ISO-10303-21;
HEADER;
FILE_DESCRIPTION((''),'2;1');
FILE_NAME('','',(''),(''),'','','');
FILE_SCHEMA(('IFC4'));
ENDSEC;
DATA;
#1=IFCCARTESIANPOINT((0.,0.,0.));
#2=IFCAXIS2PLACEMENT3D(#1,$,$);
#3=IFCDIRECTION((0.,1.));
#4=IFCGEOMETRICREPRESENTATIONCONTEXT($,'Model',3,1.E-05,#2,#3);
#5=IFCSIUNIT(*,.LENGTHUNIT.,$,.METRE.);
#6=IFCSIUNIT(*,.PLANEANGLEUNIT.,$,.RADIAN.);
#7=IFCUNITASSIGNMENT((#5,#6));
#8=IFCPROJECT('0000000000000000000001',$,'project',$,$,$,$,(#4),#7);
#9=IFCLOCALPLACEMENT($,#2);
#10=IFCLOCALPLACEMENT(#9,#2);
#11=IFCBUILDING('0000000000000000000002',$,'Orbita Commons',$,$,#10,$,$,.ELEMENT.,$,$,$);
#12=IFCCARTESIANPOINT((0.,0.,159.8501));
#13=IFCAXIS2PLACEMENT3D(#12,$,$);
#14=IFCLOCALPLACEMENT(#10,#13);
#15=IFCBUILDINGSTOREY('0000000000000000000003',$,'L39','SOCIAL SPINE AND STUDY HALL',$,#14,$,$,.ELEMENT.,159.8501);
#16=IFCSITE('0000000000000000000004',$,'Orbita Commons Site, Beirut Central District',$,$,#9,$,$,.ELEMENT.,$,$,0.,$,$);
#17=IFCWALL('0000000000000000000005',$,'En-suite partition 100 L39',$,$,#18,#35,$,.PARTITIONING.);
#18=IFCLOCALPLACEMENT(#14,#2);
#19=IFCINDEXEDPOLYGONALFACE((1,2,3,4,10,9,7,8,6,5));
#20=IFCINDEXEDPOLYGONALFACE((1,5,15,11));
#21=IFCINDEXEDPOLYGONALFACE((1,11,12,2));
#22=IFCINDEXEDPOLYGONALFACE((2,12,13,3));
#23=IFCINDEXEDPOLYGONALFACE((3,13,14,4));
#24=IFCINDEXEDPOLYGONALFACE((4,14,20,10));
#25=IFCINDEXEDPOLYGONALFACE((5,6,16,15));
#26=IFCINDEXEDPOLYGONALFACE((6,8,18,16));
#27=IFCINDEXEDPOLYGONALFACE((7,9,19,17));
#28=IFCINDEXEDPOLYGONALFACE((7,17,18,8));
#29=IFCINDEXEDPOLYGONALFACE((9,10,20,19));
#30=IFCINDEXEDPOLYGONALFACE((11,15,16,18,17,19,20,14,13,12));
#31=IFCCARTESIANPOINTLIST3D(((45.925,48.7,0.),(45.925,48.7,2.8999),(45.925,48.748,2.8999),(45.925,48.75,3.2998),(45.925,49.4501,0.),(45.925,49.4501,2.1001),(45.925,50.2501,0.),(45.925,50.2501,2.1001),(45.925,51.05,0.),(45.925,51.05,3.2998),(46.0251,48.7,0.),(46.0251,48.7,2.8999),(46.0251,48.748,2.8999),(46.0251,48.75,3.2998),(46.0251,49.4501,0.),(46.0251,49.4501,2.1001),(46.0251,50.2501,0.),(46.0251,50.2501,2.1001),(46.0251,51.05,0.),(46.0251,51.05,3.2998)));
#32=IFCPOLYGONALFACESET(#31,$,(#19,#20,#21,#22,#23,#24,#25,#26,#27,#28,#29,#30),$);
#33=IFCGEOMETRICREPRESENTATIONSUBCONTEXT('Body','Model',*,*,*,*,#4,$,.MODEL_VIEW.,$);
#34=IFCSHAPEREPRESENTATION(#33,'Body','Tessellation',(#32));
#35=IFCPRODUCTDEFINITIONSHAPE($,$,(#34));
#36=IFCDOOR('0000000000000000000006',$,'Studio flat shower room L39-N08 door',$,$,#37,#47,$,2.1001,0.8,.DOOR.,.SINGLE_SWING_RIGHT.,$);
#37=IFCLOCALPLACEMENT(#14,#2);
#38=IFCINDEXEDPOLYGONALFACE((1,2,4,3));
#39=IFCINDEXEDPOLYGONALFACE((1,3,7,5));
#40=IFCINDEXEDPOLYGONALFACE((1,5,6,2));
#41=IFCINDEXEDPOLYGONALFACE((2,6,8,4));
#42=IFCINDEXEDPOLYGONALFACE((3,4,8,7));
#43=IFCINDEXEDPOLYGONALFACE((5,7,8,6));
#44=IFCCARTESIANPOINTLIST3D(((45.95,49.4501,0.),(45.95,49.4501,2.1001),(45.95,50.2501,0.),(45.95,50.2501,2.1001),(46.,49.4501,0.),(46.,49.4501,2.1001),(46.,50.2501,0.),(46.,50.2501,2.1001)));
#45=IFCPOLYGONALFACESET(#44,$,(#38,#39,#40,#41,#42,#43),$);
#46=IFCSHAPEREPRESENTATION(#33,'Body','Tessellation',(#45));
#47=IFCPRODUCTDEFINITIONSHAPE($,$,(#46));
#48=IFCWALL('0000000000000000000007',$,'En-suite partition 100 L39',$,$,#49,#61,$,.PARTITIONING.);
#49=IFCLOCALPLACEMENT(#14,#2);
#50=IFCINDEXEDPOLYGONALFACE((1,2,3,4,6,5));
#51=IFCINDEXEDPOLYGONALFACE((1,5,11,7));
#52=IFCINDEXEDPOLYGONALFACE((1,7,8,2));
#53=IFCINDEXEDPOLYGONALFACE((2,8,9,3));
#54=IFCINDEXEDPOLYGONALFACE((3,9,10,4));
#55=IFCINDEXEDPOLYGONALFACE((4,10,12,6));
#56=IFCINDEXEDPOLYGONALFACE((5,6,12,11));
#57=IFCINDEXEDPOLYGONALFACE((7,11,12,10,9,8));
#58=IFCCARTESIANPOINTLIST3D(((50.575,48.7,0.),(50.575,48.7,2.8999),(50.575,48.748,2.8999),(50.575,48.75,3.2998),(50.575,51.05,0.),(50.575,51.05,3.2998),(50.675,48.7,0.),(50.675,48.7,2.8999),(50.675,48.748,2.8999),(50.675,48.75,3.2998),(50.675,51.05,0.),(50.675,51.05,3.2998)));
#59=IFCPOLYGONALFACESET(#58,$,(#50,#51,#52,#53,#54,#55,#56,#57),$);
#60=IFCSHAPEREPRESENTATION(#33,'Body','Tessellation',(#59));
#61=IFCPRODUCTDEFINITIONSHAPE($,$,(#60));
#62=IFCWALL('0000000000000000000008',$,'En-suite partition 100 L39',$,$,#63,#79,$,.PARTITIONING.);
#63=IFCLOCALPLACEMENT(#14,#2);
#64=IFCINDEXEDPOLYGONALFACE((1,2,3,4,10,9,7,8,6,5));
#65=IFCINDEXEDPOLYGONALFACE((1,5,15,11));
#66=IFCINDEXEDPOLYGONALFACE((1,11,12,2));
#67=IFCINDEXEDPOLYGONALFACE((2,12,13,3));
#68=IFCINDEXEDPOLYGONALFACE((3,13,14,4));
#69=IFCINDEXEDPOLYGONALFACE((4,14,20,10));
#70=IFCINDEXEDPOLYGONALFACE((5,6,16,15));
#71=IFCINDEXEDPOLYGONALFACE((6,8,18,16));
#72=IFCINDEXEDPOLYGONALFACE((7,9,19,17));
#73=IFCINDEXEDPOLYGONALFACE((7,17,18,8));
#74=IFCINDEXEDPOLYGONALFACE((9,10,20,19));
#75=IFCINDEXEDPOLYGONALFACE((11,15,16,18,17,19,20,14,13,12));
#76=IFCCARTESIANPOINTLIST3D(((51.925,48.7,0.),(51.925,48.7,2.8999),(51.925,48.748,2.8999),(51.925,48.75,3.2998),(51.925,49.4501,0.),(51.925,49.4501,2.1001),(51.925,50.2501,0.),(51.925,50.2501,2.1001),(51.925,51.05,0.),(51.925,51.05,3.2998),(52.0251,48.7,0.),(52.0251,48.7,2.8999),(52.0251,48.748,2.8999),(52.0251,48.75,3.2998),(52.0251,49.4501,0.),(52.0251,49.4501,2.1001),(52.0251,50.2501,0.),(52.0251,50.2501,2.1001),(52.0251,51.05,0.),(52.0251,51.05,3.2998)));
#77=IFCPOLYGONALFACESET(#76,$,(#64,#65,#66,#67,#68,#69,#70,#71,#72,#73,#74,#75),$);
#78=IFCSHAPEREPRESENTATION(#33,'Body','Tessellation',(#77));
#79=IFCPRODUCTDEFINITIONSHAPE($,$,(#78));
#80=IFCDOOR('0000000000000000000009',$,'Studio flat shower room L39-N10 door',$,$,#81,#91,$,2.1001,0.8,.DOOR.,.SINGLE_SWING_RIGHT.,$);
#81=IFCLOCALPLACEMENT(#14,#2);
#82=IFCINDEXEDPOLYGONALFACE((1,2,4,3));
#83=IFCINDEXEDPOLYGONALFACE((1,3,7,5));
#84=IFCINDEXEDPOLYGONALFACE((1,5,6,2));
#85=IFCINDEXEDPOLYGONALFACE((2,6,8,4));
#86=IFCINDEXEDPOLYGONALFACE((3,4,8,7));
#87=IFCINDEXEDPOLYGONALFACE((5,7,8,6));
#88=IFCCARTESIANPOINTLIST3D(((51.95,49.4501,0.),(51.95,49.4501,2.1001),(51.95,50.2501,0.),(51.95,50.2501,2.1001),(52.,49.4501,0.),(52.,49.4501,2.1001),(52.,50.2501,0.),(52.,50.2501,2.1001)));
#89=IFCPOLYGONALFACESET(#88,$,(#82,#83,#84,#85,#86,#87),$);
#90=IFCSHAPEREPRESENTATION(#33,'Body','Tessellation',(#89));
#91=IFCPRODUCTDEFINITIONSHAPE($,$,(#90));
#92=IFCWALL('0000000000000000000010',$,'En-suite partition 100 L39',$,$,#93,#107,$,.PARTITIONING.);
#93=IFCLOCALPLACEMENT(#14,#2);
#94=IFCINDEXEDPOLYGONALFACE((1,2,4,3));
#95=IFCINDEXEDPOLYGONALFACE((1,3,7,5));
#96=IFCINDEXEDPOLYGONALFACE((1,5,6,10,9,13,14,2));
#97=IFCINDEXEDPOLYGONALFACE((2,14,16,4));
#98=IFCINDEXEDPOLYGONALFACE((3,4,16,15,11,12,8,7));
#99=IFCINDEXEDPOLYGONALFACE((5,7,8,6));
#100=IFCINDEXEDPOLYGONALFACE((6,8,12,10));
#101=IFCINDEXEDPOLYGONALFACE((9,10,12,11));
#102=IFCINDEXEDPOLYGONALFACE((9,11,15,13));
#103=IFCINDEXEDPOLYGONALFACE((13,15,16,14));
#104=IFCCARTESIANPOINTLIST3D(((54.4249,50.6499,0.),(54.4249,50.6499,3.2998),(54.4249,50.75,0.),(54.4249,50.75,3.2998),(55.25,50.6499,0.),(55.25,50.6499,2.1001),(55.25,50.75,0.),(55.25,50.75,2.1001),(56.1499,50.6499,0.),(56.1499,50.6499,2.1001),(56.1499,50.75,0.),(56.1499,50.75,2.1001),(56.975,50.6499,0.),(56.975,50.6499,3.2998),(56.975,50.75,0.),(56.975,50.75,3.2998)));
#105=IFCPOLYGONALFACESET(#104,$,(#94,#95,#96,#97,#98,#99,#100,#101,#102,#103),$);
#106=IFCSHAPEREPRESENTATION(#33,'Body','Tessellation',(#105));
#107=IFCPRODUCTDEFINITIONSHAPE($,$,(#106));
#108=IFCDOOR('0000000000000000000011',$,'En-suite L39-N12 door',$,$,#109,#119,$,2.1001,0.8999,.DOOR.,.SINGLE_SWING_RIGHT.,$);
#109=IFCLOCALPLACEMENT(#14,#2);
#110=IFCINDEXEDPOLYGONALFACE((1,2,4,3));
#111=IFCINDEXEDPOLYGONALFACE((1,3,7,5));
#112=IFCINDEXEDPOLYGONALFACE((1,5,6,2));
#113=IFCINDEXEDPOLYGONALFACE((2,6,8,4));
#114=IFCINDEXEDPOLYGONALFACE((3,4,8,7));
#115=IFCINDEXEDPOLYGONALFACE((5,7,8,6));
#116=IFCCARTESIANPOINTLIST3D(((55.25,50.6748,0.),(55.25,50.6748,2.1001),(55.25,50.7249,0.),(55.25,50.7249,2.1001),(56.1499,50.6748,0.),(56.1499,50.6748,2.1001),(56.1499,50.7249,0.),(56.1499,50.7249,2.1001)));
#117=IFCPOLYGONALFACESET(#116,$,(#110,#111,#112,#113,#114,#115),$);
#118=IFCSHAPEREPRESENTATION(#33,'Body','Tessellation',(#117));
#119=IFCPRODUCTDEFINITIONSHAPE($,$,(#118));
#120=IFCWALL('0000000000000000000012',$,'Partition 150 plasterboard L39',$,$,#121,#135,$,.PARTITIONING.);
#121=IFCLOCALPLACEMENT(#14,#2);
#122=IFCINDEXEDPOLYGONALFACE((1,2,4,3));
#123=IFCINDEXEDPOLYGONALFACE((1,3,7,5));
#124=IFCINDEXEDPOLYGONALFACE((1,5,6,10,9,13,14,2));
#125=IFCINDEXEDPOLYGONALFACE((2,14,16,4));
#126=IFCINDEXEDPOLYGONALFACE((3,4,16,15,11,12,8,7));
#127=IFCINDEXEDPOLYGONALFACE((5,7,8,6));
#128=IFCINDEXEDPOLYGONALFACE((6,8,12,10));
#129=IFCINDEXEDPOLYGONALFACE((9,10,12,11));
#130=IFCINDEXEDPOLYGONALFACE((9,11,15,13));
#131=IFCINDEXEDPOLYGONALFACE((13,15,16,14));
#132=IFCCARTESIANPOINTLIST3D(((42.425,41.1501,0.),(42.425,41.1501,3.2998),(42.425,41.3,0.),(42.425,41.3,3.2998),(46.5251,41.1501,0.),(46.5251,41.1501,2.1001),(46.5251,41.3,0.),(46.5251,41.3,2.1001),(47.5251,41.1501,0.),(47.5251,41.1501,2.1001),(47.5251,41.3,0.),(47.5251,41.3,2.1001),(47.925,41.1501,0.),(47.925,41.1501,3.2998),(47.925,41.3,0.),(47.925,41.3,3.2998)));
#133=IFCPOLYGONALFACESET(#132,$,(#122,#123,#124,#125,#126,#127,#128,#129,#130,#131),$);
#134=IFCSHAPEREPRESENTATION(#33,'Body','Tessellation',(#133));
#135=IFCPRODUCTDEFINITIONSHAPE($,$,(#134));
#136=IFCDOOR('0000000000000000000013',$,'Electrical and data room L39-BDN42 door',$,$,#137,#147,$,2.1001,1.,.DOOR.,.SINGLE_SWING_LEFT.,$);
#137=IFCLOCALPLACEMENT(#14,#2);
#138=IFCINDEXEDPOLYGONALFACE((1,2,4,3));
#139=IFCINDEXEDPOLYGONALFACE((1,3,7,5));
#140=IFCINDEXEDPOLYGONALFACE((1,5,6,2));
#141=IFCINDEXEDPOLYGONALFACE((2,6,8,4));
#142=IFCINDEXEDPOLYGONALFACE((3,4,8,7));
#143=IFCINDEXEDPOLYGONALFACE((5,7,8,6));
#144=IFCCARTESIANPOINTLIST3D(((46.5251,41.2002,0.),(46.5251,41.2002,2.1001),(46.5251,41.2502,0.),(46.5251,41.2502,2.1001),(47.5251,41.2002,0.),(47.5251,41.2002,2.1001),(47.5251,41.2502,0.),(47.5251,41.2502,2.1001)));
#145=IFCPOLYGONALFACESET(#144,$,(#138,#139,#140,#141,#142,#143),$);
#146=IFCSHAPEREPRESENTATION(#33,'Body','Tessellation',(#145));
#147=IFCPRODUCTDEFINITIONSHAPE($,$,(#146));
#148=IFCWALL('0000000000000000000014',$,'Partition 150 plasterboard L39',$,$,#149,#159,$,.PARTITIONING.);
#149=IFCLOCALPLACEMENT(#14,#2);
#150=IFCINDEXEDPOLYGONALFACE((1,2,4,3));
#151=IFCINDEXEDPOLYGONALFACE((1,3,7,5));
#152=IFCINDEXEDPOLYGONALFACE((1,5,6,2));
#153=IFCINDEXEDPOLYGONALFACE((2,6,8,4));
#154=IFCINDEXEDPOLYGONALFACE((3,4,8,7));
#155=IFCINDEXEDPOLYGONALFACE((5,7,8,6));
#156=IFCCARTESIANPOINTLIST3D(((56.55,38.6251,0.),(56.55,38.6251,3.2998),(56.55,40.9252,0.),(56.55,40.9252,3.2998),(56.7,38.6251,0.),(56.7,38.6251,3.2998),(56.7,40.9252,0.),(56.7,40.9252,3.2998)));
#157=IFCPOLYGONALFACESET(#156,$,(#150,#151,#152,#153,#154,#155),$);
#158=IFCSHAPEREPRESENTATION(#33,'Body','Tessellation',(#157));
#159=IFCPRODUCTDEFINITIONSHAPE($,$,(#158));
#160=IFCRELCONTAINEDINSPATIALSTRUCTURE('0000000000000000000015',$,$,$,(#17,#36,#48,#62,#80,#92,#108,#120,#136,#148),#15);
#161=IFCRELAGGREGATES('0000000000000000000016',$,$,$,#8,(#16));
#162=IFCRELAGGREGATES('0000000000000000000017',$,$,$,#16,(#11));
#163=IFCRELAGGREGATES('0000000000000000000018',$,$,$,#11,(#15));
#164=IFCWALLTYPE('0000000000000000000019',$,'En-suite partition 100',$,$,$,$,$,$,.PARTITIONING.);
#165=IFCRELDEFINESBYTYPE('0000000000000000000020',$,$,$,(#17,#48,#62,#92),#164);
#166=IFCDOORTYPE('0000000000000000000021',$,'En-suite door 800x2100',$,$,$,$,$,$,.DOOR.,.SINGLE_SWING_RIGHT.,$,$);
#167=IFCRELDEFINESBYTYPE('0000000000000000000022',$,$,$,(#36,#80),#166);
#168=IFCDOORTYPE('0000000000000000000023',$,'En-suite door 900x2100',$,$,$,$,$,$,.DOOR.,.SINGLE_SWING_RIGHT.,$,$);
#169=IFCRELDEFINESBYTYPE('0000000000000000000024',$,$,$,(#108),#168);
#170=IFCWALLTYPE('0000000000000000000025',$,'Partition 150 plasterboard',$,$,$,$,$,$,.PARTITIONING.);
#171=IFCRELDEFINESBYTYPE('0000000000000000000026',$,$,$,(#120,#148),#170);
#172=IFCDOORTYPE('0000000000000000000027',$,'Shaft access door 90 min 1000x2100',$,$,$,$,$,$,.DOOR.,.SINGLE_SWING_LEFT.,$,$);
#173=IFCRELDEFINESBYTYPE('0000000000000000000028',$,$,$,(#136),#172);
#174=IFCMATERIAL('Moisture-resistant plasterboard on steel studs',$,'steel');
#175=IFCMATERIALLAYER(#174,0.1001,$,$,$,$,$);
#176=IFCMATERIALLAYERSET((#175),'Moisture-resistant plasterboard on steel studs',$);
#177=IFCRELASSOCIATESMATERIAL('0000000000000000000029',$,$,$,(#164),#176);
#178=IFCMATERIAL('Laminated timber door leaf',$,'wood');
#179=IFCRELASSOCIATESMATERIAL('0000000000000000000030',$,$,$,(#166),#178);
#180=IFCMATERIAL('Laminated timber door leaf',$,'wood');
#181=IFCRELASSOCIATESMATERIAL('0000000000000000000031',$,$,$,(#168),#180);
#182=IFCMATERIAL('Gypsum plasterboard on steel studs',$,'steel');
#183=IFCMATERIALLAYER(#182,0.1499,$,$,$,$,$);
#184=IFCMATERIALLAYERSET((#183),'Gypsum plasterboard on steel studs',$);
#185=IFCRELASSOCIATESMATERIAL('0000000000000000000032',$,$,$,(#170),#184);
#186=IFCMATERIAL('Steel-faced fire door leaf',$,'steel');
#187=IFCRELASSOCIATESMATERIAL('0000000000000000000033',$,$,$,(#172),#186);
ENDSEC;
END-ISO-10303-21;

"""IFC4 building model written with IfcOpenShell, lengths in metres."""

from ifc_helpers import new_model, si_unit, direction, frame, frame_2d, origin, place, context, subcontext, project, spatial, polyline, rectangle, outline, extrude, material, layer, layer_set, type_object, element, fill, save


model = new_model("IFC4")

# Units and contexts
model_context = context("Model", 3, precision=1e-05, world=origin(), true_north=direction((0.0, 1.0)))
body_context = subcontext(model_context, "Body", "Model", "MODEL_VIEW")
ifc_project = project(units=[si_unit("LENGTHUNIT", "METRE"), si_unit("PLANEANGLEUNIT", "RADIAN")], contexts=[model_context])

# Site, building, storey
site_placement = place(None, origin())
site = spatial("IfcSite", under=ifc_project, at=site_placement, Name="Orbita Commons Site, Beirut Central District", CompositionType="ELEMENT", RefElevation=0.0)
building_placement = place(site_placement, origin())
building = spatial("IfcBuilding", under=site, at=building_placement, Name="Orbita Commons", CompositionType="ELEMENT")
storey_placement = place(building_placement, frame((0.0, 0.0, 159.8501)))
storey = spatial("IfcBuildingStorey", under=building, at=storey_placement, Name="L39", Description="SOCIAL SPINE AND STUDY HALL", CompositionType="ELEMENT", Elevation=159.8501)

# Shared definitions
ifc_material_1 = material(Name="Moisture-resistant plasterboard on steel studs", Category="steel")
ifc_layer_1 = layer(ifc_material_1, 0.1001)
ifc_layer_set_1 = layer_set([ifc_layer_1], Name="Moisture-resistant plasterboard on steel studs")
wall_type_1 = type_object("IfcWallType", Name="En-suite partition 100", PredefinedType="PARTITIONING", material=ifc_layer_set_1)

# Wall, opening, door
wall_1_placement = place(storey_placement, frame((45.9751, 51.05, 0.0), z_axis=(0.0, 0.0, 1.0), x_axis=(0.0, -1.0, 0.0)))
wall_1 = element("IfcWall", 1, at=wall_1_placement, inside=storey, type_object=wall_type_1, Name="En-suite partition 100 L39", PredefinedType="PARTITIONING", context=body_context, shape_type="SweptSolid", body=[
    extrude(outline(polyline([(0.0, 0.0), (2.3501, 0.0), (2.3501, 2.8999), (2.302, 2.8999), (2.3, 3.2998), (0.0, 3.2998), (0.0, 0.0)])), frame((0.0, 0.05, 0.0), z_axis=(0.0, -1.0, 0.0), x_axis=(1.0, 0.0, 0.0)), (0.0, 0.0, 1.0), 0.1001),
])
opening_1_placement = place(wall_1_placement, frame((0.8, 0.0, 0.0)))
opening_1 = element("IfcOpeningElement", 2, at=opening_1_placement, cuts=wall_1, PredefinedType="OPENING", context=body_context, shape_type="SweptSolid", body=[
    extrude(rectangle(XDim=0.8, YDim=2.1001, at=frame_2d((0.3999, 1.05))), frame((0.0, 0.0601, 0.0), z_axis=(0.0, -1.0, 0.0), x_axis=(1.0, 0.0, 0.0)), (0.0, 0.0, 1.0), 0.1201),
])
ifc_material_2 = material(Name="Laminated timber door leaf", Category="wood")
door_type_1 = type_object("IfcDoorType", Name="En-suite door 800x2100", OperationType="SINGLE_SWING_RIGHT", PredefinedType="DOOR", material=ifc_material_2)
door_1_placement = place(opening_1_placement, origin())
door_1 = element("IfcDoor", 3, at=door_1_placement, inside=storey, type_object=door_type_1, Name="Studio flat shower room L39-N08 door", OperationType="SINGLE_SWING_RIGHT", OverallHeight=2.1001, OverallWidth=0.8, PredefinedType="DOOR", context=body_context, shape_type="SweptSolid", body=[
    extrude(rectangle(XDim=0.8, YDim=2.1001, at=frame_2d((0.3999, 1.05))), frame((0.0, 0.0249, 0.0), z_axis=(0.0, -1.0, 0.0), x_axis=(1.0, 0.0, 0.0)), (0.0, 0.0, 1.0), 0.05),
])
fill(opening_1, door_1)

# Wall
wall_2_placement = place(storey_placement, frame((50.625, 51.05, 0.0), z_axis=(0.0, 0.0, 1.0), x_axis=(0.0, -1.0, 0.0)))
element("IfcWall", 4, at=wall_2_placement, inside=storey, type_object=wall_type_1, Name="En-suite partition 100 L39", PredefinedType="PARTITIONING", context=body_context, shape_type="SweptSolid", body=[
    extrude(outline(polyline([(0.0, 0.0), (2.3501, 0.0), (2.3501, 2.8999), (2.302, 2.8999), (2.3, 3.2998), (0.0, 3.2998), (0.0, 0.0)])), frame((0.0, 0.05, 0.0), z_axis=(0.0, -1.0, 0.0), x_axis=(1.0, 0.0, 0.0)), (0.0, 0.0, 1.0), 0.1001),
])

# Walls, openings, doors
wall_3_placement = place(storey_placement, frame((51.9751, 51.05, 0.0), z_axis=(0.0, 0.0, 1.0), x_axis=(0.0, -1.0, 0.0)))
wall_3 = element("IfcWall", 5, at=wall_3_placement, inside=storey, type_object=wall_type_1, Name="En-suite partition 100 L39", PredefinedType="PARTITIONING", context=body_context, shape_type="SweptSolid", body=[
    extrude(outline(polyline([(0.0, 0.0), (2.3501, 0.0), (2.3501, 2.8999), (2.302, 2.8999), (2.3, 3.2998), (0.0, 3.2998), (0.0, 0.0)])), frame((0.0, 0.05, 0.0), z_axis=(0.0, -1.0, 0.0), x_axis=(1.0, 0.0, 0.0)), (0.0, 0.0, 1.0), 0.1001),
])
opening_2_placement = place(wall_3_placement, frame((0.8, 0.0, 0.0)))
opening_2 = element("IfcOpeningElement", 6, at=opening_2_placement, cuts=wall_3, PredefinedType="OPENING", context=body_context, shape_type="SweptSolid", body=[
    extrude(rectangle(XDim=0.8, YDim=2.1001, at=frame_2d((0.3999, 1.05))), frame((0.0, 0.0601, 0.0), z_axis=(0.0, -1.0, 0.0), x_axis=(1.0, 0.0, 0.0)), (0.0, 0.0, 1.0), 0.1201),
])
door_2_placement = place(opening_2_placement, origin())
door_2 = element("IfcDoor", 7, at=door_2_placement, inside=storey, type_object=door_type_1, Name="Studio flat shower room L39-N10 door", OperationType="SINGLE_SWING_RIGHT", OverallHeight=2.1001, OverallWidth=0.8, PredefinedType="DOOR", context=body_context, shape_type="SweptSolid", body=[
    extrude(rectangle(XDim=0.8, YDim=2.1001, at=frame_2d((0.3999, 1.05))), frame((0.0, 0.0249, 0.0), z_axis=(0.0, -1.0, 0.0), x_axis=(1.0, 0.0, 0.0)), (0.0, 0.0, 1.0), 0.05),
])
fill(opening_2, door_2)
wall_4_placement = place(storey_placement, frame((54.425, 50.7, 0.0), z_axis=(0.0, 0.0, 1.0), x_axis=(1.0, 0.0, 0.0)))
wall_4 = element("IfcWall", 8, at=wall_4_placement, inside=storey, type_object=wall_type_1, Name="En-suite partition 100 L39", PredefinedType="PARTITIONING", context=body_context, shape_type="SweptSolid", body=[
    extrude(rectangle(XDim=2.55, YDim=0.1001, at=frame_2d((1.2749, 0.0))), origin(), (0.0, 0.0, 1.0), 3.2998),
])
opening_3_placement = place(wall_4_placement, frame((0.825, 0.0, 0.0)))
opening_3 = element("IfcOpeningElement", 9, at=opening_3_placement, cuts=wall_4, PredefinedType="OPENING", context=body_context, shape_type="SweptSolid", body=[
    extrude(rectangle(XDim=0.8999, YDim=2.1001, at=frame_2d((0.45, 1.05))), frame((0.0, 0.0601, 0.0), z_axis=(0.0, -1.0, 0.0), x_axis=(1.0, 0.0, 0.0)), (0.0, 0.0, 1.0), 0.1201),
])
ifc_material_3 = material(Name="Laminated timber door leaf", Category="wood")
door_type_2 = type_object("IfcDoorType", Name="En-suite door 900x2100", OperationType="SINGLE_SWING_RIGHT", PredefinedType="DOOR", material=ifc_material_3)
door_3_placement = place(opening_3_placement, origin())
door_3 = element("IfcDoor", 10, at=door_3_placement, inside=storey, type_object=door_type_2, Name="En-suite L39-N12 door", OperationType="SINGLE_SWING_RIGHT", OverallHeight=2.1001, OverallWidth=0.8999, PredefinedType="DOOR", context=body_context, shape_type="SweptSolid", body=[
    extrude(rectangle(XDim=0.8999, YDim=2.1001, at=frame_2d((0.45, 1.05))), frame((0.0, 0.0249, 0.0), z_axis=(0.0, -1.0, 0.0), x_axis=(1.0, 0.0, 0.0)), (0.0, 0.0, 1.0), 0.05),
])
fill(opening_3, door_3)
ifc_material_4 = material(Name="Gypsum plasterboard on steel studs", Category="steel")
ifc_layer_2 = layer(ifc_material_4, 0.1499)
ifc_layer_set_2 = layer_set([ifc_layer_2], Name="Gypsum plasterboard on steel studs")
wall_type_2 = type_object("IfcWallType", Name="Partition 150 plasterboard", PredefinedType="PARTITIONING", material=ifc_layer_set_2)
wall_5_placement = place(storey_placement, frame((47.925, 41.2251, 0.0), z_axis=(0.0, 0.0, 1.0), x_axis=(-1.0, 0.0, 0.0)))
wall_5 = element("IfcWall", 11, at=wall_5_placement, inside=storey, type_object=wall_type_2, Name="Partition 150 plasterboard L39", PredefinedType="PARTITIONING", context=body_context, shape_type="SweptSolid", body=[
    extrude(rectangle(XDim=5.5, YDim=0.1499, at=frame_2d((2.75, 0.0))), origin(), (0.0, 0.0, 1.0), 3.2998),
])
opening_4_placement = place(wall_5_placement, frame((0.3999, 0.0, 0.0)))
opening_4 = element("IfcOpeningElement", 12, at=opening_4_placement, cuts=wall_5, PredefinedType="OPENING", context=body_context, shape_type="SweptSolid", body=[
    extrude(rectangle(XDim=1.0, YDim=2.1001, at=frame_2d((0.5, 1.05))), frame((0.0, 0.085, 0.0), z_axis=(0.0, -1.0, 0.0), x_axis=(1.0, 0.0, 0.0)), (0.0, 0.0, 1.0), 0.1699),
])
ifc_material_5 = material(Name="Steel-faced fire door leaf", Category="steel")
door_type_3 = type_object("IfcDoorType", Name="Shaft access door 90 min 1000x2100", OperationType="SINGLE_SWING_LEFT", PredefinedType="DOOR", material=ifc_material_5)
door_4_placement = place(opening_4_placement, origin())
door_4 = element("IfcDoor", 13, at=door_4_placement, inside=storey, type_object=door_type_3, Name="Electrical and data room L39-BDN42 door", OperationType="SINGLE_SWING_LEFT", OverallHeight=2.1001, OverallWidth=1.0, PredefinedType="DOOR", context=body_context, shape_type="SweptSolid", body=[
    extrude(rectangle(XDim=1.0, YDim=2.1001, at=frame_2d((0.5, 1.05))), frame((0.0, 0.0249, 0.0), z_axis=(0.0, -1.0, 0.0), x_axis=(1.0, 0.0, 0.0)), (0.0, 0.0, 1.0), 0.05),
])
fill(opening_4, door_4)

# Wall
wall_6_placement = place(storey_placement, frame((56.625, 40.925, 0.0), z_axis=(0.0, 0.0, 1.0), x_axis=(0.0, -1.0, 0.0)))
element("IfcWall", 14, at=wall_6_placement, inside=storey, type_object=wall_type_2, Name="Partition 150 plasterboard L39", PredefinedType="PARTITIONING", context=body_context, shape_type="SweptSolid", body=[
    extrude(rectangle(XDim=2.3, YDim=0.1499, at=frame_2d((1.1499, 0.0))), origin(), (0.0, 0.0, 1.0), 3.2998),
])

save(model, "model.ifc")
